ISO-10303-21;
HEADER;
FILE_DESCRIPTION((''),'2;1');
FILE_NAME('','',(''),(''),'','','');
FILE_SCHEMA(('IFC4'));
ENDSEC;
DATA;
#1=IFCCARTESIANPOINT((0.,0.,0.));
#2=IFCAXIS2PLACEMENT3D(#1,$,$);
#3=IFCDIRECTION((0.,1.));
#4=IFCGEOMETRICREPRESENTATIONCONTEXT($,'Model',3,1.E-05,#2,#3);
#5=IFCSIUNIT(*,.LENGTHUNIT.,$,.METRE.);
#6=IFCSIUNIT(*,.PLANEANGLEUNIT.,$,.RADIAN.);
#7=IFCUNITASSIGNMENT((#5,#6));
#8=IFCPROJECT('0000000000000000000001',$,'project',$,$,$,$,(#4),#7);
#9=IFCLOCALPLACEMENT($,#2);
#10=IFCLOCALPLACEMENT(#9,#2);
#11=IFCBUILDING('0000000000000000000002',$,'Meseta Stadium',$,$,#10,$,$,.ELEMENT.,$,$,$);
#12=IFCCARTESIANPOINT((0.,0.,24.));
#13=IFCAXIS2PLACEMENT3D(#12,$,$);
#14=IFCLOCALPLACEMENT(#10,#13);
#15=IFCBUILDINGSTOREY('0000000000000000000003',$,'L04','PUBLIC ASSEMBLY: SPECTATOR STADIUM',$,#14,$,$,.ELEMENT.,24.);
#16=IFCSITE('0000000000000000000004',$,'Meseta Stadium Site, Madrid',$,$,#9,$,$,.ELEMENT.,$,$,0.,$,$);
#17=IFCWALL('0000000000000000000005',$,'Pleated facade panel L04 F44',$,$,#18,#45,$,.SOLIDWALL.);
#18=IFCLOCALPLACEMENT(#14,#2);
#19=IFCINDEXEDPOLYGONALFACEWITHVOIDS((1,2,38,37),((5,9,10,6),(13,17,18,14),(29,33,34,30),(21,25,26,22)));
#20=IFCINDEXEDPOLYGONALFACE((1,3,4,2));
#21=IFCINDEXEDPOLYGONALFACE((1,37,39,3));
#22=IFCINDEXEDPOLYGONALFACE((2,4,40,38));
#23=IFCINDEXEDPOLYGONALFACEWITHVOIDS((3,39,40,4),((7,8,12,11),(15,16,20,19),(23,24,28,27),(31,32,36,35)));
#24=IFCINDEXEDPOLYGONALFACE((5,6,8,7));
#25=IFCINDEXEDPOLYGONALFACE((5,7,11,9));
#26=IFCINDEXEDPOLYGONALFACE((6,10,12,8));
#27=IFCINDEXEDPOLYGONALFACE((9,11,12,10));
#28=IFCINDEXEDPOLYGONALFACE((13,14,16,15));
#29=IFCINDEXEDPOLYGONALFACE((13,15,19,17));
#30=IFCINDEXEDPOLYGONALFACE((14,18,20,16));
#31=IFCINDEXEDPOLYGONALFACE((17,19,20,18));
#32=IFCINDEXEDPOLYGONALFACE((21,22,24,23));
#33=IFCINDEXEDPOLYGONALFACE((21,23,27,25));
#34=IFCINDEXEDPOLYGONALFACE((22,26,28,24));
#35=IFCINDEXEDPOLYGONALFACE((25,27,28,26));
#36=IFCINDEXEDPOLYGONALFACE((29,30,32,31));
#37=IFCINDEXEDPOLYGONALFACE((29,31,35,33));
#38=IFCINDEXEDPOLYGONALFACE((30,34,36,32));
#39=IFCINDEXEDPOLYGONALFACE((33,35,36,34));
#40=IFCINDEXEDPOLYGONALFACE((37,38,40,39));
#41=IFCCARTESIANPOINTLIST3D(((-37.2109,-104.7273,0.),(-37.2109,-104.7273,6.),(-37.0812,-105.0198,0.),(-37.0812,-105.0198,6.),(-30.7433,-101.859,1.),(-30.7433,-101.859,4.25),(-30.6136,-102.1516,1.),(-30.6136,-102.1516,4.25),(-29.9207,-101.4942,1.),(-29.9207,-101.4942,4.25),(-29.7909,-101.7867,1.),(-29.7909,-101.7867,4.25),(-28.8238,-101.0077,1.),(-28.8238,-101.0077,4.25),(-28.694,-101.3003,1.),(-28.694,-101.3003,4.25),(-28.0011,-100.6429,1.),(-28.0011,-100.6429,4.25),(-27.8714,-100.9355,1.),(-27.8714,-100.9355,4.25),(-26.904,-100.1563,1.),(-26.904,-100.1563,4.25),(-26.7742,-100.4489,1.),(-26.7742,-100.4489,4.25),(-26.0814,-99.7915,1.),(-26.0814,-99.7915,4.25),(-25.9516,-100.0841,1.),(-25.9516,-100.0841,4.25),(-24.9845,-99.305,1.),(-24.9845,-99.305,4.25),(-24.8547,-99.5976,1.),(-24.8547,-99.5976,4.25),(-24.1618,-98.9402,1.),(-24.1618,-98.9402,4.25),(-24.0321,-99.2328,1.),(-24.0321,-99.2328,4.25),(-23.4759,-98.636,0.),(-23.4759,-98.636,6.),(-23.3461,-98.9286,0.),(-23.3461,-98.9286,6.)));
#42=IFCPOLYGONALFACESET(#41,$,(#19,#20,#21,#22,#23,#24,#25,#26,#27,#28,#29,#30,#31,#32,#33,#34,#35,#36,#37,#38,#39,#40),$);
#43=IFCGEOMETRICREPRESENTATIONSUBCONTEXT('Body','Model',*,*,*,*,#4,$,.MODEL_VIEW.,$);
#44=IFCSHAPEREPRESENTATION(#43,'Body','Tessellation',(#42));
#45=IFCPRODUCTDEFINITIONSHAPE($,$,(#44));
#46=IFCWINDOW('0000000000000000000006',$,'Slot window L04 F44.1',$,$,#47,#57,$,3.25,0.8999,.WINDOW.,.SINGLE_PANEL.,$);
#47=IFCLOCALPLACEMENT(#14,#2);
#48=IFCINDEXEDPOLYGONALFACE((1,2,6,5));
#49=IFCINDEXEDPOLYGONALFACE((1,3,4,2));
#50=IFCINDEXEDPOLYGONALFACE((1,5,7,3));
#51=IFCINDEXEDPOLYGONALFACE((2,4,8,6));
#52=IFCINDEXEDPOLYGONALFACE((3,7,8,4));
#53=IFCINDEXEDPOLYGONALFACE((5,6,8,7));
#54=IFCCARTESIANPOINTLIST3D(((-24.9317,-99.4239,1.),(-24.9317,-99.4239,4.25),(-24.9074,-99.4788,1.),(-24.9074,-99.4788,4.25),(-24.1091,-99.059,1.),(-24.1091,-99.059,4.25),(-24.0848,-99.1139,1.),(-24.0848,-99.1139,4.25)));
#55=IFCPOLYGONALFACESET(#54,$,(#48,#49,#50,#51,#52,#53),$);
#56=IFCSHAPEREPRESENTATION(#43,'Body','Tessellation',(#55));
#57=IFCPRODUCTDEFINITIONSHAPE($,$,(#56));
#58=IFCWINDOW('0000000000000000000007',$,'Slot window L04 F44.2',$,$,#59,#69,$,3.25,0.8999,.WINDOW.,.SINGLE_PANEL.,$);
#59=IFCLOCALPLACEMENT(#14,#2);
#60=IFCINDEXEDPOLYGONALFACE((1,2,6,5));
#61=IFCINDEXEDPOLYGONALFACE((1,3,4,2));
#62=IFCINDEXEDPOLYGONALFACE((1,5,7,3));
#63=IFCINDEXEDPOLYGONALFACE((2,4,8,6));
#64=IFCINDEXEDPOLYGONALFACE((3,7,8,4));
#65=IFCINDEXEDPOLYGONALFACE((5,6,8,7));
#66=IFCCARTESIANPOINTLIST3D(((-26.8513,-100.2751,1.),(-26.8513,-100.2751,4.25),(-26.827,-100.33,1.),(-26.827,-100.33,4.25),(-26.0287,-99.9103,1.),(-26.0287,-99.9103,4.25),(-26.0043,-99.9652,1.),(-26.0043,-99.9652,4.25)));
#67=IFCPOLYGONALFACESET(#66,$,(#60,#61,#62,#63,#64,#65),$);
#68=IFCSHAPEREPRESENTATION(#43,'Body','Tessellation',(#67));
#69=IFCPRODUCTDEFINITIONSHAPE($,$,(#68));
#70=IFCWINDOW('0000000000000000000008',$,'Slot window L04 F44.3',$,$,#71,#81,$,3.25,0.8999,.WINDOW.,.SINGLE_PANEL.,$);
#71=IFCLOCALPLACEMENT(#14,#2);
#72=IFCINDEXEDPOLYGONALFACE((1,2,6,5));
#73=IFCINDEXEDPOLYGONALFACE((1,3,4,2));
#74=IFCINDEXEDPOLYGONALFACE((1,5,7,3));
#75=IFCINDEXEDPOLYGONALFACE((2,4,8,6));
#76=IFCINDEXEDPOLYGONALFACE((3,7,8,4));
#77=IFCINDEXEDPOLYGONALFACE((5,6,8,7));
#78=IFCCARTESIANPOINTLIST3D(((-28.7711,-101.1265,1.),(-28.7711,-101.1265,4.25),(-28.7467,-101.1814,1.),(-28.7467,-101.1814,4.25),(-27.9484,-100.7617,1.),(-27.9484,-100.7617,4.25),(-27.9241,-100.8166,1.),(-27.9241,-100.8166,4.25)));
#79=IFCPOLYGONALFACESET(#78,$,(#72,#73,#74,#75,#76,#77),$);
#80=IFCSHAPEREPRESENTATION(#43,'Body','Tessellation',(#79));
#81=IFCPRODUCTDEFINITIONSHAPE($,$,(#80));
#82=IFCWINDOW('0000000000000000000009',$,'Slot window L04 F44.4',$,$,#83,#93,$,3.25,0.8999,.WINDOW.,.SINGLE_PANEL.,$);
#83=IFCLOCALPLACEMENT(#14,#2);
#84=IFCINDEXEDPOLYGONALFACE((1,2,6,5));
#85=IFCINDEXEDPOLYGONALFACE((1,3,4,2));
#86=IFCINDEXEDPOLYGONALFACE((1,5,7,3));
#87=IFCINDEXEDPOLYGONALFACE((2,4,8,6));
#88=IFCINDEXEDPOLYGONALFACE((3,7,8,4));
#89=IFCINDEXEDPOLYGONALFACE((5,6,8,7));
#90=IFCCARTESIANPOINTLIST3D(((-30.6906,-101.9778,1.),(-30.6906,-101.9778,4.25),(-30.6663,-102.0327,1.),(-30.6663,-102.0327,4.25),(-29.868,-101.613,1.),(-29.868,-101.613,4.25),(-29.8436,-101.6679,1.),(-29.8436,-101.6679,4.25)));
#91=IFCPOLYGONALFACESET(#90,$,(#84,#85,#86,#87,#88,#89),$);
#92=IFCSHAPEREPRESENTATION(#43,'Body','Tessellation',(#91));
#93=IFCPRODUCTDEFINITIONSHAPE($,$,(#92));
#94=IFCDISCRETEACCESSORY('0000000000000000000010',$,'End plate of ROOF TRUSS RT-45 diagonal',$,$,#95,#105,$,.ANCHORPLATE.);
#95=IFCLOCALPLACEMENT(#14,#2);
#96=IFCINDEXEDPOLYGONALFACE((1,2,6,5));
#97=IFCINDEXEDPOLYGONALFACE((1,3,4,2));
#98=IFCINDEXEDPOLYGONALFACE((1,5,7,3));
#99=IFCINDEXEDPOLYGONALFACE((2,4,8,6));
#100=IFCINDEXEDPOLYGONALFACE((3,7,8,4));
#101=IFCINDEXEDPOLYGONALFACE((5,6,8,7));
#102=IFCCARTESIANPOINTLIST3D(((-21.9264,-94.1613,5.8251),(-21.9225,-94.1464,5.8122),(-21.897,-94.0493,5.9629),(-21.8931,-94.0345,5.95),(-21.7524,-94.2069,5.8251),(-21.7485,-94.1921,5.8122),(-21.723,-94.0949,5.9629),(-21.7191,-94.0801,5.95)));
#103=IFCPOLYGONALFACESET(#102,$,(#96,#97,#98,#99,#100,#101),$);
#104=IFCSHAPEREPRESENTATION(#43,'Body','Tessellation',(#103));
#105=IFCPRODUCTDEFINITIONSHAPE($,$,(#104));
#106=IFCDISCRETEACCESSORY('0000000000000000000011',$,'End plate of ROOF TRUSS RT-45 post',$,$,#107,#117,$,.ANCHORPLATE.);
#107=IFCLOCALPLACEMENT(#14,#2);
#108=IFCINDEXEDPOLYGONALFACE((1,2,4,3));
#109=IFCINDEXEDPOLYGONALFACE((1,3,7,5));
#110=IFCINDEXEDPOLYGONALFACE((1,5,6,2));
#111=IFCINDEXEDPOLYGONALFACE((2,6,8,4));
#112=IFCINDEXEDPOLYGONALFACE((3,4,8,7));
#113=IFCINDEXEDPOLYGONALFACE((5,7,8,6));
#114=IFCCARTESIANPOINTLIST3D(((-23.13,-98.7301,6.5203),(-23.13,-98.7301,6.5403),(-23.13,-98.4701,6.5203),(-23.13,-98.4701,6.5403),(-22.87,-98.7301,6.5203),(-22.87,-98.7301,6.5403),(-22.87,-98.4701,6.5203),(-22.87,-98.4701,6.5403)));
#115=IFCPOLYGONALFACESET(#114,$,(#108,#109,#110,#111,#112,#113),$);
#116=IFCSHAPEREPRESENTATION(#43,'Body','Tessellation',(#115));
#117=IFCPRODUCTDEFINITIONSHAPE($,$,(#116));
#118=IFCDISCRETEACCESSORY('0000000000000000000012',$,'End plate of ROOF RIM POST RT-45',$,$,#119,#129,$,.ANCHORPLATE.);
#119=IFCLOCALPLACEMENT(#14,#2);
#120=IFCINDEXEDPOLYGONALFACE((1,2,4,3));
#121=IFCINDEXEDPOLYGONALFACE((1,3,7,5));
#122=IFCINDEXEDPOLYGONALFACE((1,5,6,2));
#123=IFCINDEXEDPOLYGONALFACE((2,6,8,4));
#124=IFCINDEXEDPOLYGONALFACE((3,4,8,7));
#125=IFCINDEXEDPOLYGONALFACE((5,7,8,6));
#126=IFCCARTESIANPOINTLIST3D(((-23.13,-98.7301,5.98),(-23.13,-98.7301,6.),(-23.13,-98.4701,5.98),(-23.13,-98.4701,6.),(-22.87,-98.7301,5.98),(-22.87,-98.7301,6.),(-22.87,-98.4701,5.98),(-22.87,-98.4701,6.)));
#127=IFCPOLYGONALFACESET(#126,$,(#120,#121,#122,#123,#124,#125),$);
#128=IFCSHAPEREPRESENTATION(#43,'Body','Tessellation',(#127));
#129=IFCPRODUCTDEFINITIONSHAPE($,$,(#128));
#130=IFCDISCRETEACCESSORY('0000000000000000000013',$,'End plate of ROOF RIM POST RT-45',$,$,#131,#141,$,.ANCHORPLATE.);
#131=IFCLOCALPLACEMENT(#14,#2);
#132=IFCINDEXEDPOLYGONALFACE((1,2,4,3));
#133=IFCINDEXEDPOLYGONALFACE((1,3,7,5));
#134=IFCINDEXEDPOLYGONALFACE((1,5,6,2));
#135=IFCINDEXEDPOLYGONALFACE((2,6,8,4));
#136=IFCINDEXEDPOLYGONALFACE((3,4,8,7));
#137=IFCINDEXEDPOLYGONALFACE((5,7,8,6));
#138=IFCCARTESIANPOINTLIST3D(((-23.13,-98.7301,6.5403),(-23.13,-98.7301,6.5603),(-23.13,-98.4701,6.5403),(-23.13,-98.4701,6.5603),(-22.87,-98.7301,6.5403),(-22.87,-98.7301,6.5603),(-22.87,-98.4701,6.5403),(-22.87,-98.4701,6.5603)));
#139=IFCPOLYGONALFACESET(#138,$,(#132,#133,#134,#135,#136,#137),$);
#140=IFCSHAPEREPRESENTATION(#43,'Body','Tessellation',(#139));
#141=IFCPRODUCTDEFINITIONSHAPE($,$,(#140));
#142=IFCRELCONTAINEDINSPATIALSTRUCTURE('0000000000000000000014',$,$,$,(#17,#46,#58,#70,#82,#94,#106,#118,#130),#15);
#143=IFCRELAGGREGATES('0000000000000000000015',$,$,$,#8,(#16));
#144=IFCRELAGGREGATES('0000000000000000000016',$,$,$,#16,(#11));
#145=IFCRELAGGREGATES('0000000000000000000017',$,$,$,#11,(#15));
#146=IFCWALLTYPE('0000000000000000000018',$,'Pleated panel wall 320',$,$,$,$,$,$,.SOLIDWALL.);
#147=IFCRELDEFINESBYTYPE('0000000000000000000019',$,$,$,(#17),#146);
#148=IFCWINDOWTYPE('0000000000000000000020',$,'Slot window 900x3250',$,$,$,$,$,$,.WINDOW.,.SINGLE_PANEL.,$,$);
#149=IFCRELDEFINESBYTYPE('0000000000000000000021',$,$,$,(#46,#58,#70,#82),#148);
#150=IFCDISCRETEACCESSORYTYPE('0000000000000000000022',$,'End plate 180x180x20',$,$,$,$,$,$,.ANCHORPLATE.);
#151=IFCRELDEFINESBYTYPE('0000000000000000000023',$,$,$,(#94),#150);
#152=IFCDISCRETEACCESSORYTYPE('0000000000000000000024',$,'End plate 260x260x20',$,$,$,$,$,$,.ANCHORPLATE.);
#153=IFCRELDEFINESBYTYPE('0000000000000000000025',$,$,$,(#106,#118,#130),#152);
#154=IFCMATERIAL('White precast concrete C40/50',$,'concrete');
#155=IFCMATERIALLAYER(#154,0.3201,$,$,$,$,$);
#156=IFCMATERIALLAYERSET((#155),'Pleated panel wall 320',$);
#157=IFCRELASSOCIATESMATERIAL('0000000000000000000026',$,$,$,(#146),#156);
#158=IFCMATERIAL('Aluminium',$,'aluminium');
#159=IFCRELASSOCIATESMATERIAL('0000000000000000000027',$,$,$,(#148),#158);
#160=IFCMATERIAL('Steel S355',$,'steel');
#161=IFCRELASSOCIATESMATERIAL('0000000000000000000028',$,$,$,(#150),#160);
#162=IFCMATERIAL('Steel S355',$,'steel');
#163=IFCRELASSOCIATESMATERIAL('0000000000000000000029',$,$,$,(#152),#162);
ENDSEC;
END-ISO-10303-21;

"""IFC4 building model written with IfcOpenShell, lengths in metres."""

from ifc_helpers import new_model, si_unit, direction, frame, frame_2d, origin, origin_2d, place, context, subcontext, project, spatial, rectangle, extrude, material, layer, layer_set, material_profile, profile_set, type_object, element, fill, save


model = new_model("IFC4")

# Units and contexts
model_context = context("Model", 3, precision=1e-05, world=origin(), true_north=direction((0.0, 1.0)))
body_context = subcontext(model_context, "Body", "Model", "MODEL_VIEW")
ifc_project = project(units=[si_unit("LENGTHUNIT", "METRE"), si_unit("PLANEANGLEUNIT", "RADIAN")], contexts=[model_context])

# Site, building, storey
site_placement = place(None, origin())
site = spatial("IfcSite", under=ifc_project, at=site_placement, Name="Meseta Stadium Site, Madrid", CompositionType="ELEMENT", RefElevation=0.0)
building_placement = place(site_placement, origin())
building = spatial("IfcBuilding", under=site, at=building_placement, Name="Meseta Stadium", CompositionType="ELEMENT")
storey_placement = place(building_placement, frame((0.0, 0.0, 24.0)))
storey = spatial("IfcBuildingStorey", under=building, at=storey_placement, Name="L04", Description="PUBLIC ASSEMBLY: SPECTATOR STADIUM", CompositionType="ELEMENT", Elevation=24.0)

# Wall, openings, windows
ifc_material_1 = material(Name="White precast concrete C40/50", Category="concrete")
ifc_layer_1 = layer(ifc_material_1, 0.3201)
ifc_layer_set_1 = layer_set([ifc_layer_1], Name="Pleated panel wall 320")
wall_type_1 = type_object("IfcWallType", Name="Pleated panel wall 320", PredefinedType="SOLIDWALL", material=ifc_layer_set_1)
wall_1_placement = place(storey_placement, frame((-23.4109, -98.7822, 0.0), z_axis=(0.0, 0.0, 1.0), x_axis=(-0.914137, -0.405406, 0.0)))
wall_1 = element("IfcWall", 1, at=wall_1_placement, inside=storey, type_object=wall_type_1, Name="Pleated facade panel L04 F44", PredefinedType="SOLIDWALL", context=body_context, shape_type="SweptSolid", body=[
    extrude(rectangle(XDim=15.0251, YDim=0.3201, at=frame_2d((7.5127, 0.0))), origin(), (0.0, 0.0, 1.0), 6.0),
])
opening_1_placement = place(wall_1_placement, frame((0.7505, 0.0, 1.0)))
opening_1 = element("IfcOpeningElement", 2, at=opening_1_placement, cuts=wall_1, PredefinedType="OPENING", context=body_context, shape_type="SweptSolid", body=[
    extrude(rectangle(XDim=0.8999, YDim=3.25, at=frame_2d((0.45, 1.625))), frame((0.0, 0.1699, 0.0), z_axis=(0.0, -1.0, 0.0), x_axis=(1.0, 0.0, 0.0)), (0.0, 0.0, 1.0), 0.3401),
])
opening_2_placement = place(wall_1_placement, frame((2.8503, 0.0, 1.0)))
opening_2 = element("IfcOpeningElement", 3, at=opening_2_placement, cuts=wall_1, PredefinedType="OPENING", context=body_context, shape_type="SweptSolid", body=[
    extrude(rectangle(XDim=0.8999, YDim=3.25, at=frame_2d((0.45, 1.625))), frame((0.0, 0.1699, 0.0), z_axis=(0.0, -1.0, 0.0), x_axis=(1.0, 0.0, 0.0)), (0.0, 0.0, 1.0), 0.3401),
])
opening_3_placement = place(wall_1_placement, frame((4.9504, 0.0, 1.0)))
opening_3 = element("IfcOpeningElement", 4, at=opening_3_placement, cuts=wall_1, PredefinedType="OPENING", context=body_context, shape_type="SweptSolid", body=[
    extrude(rectangle(XDim=0.8999, YDim=3.25, at=frame_2d((0.45, 1.625))), frame((0.0, 0.1699, 0.0), z_axis=(0.0, -1.0, 0.0), x_axis=(1.0, 0.0, 0.0)), (0.0, 0.0, 1.0), 0.3401),
])
opening_4_placement = place(wall_1_placement, frame((7.0503, 0.0, 1.0)))
opening_4 = element("IfcOpeningElement", 5, at=opening_4_placement, cuts=wall_1, PredefinedType="OPENING", context=body_context, shape_type="SweptSolid", body=[
    extrude(rectangle(XDim=0.8999, YDim=3.25, at=frame_2d((0.45, 1.625))), frame((0.0, 0.1699, 0.0), z_axis=(0.0, -1.0, 0.0), x_axis=(1.0, 0.0, 0.0)), (0.0, 0.0, 1.0), 0.3401),
])
ifc_material_2 = material(Name="Aluminium", Category="aluminium")
window_type_1 = type_object("IfcWindowType", Name="Slot window 900x3250", PartitioningType="SINGLE_PANEL", PredefinedType="WINDOW", material=ifc_material_2)
window_1_placement = place(opening_1_placement, origin())
window_1 = element("IfcWindow", 6, at=window_1_placement, inside=storey, type_object=window_type_1, Name="Slot window L04 F44.1", OverallHeight=3.25, OverallWidth=0.8999, PartitioningType="SINGLE_PANEL", PredefinedType="WINDOW", context=body_context, shape_type="SweptSolid", body=[
    extrude(rectangle(XDim=0.8999, YDim=3.25, at=frame_2d((0.45, 1.625))), frame((0.0, 0.03, 0.0), z_axis=(0.0, -1.0, 0.0), x_axis=(1.0, 0.0, 0.0)), (0.0, 0.0, 1.0), 0.0601),
])
fill(opening_1, window_1)
window_2_placement = place(opening_2_placement, origin())
window_2 = element("IfcWindow", 7, at=window_2_placement, inside=storey, type_object=window_type_1, Name="Slot window L04 F44.2", OverallHeight=3.25, OverallWidth=0.8999, PartitioningType="SINGLE_PANEL", PredefinedType="WINDOW", context=body_context, shape_type="SweptSolid", body=[
    extrude(rectangle(XDim=0.8999, YDim=3.25, at=frame_2d((0.45, 1.625))), frame((0.0, 0.03, 0.0), z_axis=(0.0, -1.0, 0.0), x_axis=(1.0, 0.0, 0.0)), (0.0, 0.0, 1.0), 0.0601),
])
fill(opening_2, window_2)
window_3_placement = place(opening_3_placement, origin())
window_3 = element("IfcWindow", 8, at=window_3_placement, inside=storey, type_object=window_type_1, Name="Slot window L04 F44.3", OverallHeight=3.25, OverallWidth=0.8999, PartitioningType="SINGLE_PANEL", PredefinedType="WINDOW", context=body_context, shape_type="SweptSolid", body=[
    extrude(rectangle(XDim=0.8999, YDim=3.25, at=frame_2d((0.45, 1.625))), frame((0.0, 0.03, 0.0), z_axis=(0.0, -1.0, 0.0), x_axis=(1.0, 0.0, 0.0)), (0.0, 0.0, 1.0), 0.0601),
])
fill(opening_3, window_3)
window_4_placement = place(opening_4_placement, origin())
window_4 = element("IfcWindow", 9, at=window_4_placement, inside=storey, type_object=window_type_1, Name="Slot window L04 F44.4", OverallHeight=3.25, OverallWidth=0.8999, PartitioningType="SINGLE_PANEL", PredefinedType="WINDOW", context=body_context, shape_type="SweptSolid", body=[
    extrude(rectangle(XDim=0.8999, YDim=3.25, at=frame_2d((0.45, 1.625))), frame((0.0, 0.03, 0.0), z_axis=(0.0, -1.0, 0.0), x_axis=(1.0, 0.0, 0.0)), (0.0, 0.0, 1.0), 0.0601),
])
fill(opening_4, window_4)

# Discrete accessories
ifc_material_3 = material(Name="Steel S355", Category="steel")
ifc_material_profile_1 = material_profile(ifc_material_3, rectangle(XDim=0.1799, YDim=0.1799, at=origin_2d()), Name="PL 180x180")
ifc_profile_set_1 = profile_set([ifc_material_profile_1], Name="Steel S355")
discrete_accessory_type_1 = type_object("IfcDiscreteAccessoryType", Name="End plate 180x180x20", PredefinedType="ANCHORPLATE", material=ifc_profile_set_1)
discrete_accessory_placement = place(storey_placement, frame((-21.8208, -94.1133, 5.8811), z_axis=(-0.194229, -0.740496, 0.643382), x_axis=(0.96728, -0.253713, 0.0)))
element("IfcDiscreteAccessory", 10, at=discrete_accessory_placement, inside=storey, type_object=discrete_accessory_type_1, Name="End plate of ROOF TRUSS RT-45 diagonal", PredefinedType="ANCHORPLATE", context=body_context, shape_type="SweptSolid", body=[
    extrude(rectangle(XDim=0.1799, YDim=0.1799, at=origin_2d()), origin(), (0.0, 0.0, 1.0), 0.02),
])
ifc_material_4 = material(Name="Steel S355", Category="steel")
ifc_material_profile_2 = material_profile(ifc_material_4, rectangle(XDim=0.26, YDim=0.26, at=origin_2d()), Name="PL 260x260")
ifc_profile_set_2 = profile_set([ifc_material_profile_2], Name="Steel S355")
discrete_accessory_type_2 = type_object("IfcDiscreteAccessoryType", Name="End plate 260x260x20", PredefinedType="ANCHORPLATE", material=ifc_profile_set_2)
for number, where, z_axis, x_axis, name in (
    (11, (-23.0, -98.6001, 6.5203), (0.0, 0.0, 1.0), (1.0, 0.0, 0.0), "End plate of ROOF TRUSS RT-45 post"),
    (12, (-23.0, -98.6001, 5.98), (0.0, 0.0, 1.0), (1.0, 0.0, 0.0), "End plate of ROOF RIM POST RT-45"),
    (13, (-23.0, -98.6001, 6.5403), (0.0, 0.0, 1.0), (1.0, 0.0, 0.0), "End plate of ROOF RIM POST RT-45"),
):
    element("IfcDiscreteAccessory", number, at=place(storey_placement, frame(where, z_axis=z_axis, x_axis=x_axis)), inside=storey, type_object=discrete_accessory_type_2, Name=name, PredefinedType="ANCHORPLATE", context=body_context, shape_type="SweptSolid", body=[
        extrude(rectangle(XDim=0.26, YDim=0.26, at=origin_2d()), origin(), (0.0, 0.0, 1.0), 0.02),
    ])

save(model, "model.ifc")
